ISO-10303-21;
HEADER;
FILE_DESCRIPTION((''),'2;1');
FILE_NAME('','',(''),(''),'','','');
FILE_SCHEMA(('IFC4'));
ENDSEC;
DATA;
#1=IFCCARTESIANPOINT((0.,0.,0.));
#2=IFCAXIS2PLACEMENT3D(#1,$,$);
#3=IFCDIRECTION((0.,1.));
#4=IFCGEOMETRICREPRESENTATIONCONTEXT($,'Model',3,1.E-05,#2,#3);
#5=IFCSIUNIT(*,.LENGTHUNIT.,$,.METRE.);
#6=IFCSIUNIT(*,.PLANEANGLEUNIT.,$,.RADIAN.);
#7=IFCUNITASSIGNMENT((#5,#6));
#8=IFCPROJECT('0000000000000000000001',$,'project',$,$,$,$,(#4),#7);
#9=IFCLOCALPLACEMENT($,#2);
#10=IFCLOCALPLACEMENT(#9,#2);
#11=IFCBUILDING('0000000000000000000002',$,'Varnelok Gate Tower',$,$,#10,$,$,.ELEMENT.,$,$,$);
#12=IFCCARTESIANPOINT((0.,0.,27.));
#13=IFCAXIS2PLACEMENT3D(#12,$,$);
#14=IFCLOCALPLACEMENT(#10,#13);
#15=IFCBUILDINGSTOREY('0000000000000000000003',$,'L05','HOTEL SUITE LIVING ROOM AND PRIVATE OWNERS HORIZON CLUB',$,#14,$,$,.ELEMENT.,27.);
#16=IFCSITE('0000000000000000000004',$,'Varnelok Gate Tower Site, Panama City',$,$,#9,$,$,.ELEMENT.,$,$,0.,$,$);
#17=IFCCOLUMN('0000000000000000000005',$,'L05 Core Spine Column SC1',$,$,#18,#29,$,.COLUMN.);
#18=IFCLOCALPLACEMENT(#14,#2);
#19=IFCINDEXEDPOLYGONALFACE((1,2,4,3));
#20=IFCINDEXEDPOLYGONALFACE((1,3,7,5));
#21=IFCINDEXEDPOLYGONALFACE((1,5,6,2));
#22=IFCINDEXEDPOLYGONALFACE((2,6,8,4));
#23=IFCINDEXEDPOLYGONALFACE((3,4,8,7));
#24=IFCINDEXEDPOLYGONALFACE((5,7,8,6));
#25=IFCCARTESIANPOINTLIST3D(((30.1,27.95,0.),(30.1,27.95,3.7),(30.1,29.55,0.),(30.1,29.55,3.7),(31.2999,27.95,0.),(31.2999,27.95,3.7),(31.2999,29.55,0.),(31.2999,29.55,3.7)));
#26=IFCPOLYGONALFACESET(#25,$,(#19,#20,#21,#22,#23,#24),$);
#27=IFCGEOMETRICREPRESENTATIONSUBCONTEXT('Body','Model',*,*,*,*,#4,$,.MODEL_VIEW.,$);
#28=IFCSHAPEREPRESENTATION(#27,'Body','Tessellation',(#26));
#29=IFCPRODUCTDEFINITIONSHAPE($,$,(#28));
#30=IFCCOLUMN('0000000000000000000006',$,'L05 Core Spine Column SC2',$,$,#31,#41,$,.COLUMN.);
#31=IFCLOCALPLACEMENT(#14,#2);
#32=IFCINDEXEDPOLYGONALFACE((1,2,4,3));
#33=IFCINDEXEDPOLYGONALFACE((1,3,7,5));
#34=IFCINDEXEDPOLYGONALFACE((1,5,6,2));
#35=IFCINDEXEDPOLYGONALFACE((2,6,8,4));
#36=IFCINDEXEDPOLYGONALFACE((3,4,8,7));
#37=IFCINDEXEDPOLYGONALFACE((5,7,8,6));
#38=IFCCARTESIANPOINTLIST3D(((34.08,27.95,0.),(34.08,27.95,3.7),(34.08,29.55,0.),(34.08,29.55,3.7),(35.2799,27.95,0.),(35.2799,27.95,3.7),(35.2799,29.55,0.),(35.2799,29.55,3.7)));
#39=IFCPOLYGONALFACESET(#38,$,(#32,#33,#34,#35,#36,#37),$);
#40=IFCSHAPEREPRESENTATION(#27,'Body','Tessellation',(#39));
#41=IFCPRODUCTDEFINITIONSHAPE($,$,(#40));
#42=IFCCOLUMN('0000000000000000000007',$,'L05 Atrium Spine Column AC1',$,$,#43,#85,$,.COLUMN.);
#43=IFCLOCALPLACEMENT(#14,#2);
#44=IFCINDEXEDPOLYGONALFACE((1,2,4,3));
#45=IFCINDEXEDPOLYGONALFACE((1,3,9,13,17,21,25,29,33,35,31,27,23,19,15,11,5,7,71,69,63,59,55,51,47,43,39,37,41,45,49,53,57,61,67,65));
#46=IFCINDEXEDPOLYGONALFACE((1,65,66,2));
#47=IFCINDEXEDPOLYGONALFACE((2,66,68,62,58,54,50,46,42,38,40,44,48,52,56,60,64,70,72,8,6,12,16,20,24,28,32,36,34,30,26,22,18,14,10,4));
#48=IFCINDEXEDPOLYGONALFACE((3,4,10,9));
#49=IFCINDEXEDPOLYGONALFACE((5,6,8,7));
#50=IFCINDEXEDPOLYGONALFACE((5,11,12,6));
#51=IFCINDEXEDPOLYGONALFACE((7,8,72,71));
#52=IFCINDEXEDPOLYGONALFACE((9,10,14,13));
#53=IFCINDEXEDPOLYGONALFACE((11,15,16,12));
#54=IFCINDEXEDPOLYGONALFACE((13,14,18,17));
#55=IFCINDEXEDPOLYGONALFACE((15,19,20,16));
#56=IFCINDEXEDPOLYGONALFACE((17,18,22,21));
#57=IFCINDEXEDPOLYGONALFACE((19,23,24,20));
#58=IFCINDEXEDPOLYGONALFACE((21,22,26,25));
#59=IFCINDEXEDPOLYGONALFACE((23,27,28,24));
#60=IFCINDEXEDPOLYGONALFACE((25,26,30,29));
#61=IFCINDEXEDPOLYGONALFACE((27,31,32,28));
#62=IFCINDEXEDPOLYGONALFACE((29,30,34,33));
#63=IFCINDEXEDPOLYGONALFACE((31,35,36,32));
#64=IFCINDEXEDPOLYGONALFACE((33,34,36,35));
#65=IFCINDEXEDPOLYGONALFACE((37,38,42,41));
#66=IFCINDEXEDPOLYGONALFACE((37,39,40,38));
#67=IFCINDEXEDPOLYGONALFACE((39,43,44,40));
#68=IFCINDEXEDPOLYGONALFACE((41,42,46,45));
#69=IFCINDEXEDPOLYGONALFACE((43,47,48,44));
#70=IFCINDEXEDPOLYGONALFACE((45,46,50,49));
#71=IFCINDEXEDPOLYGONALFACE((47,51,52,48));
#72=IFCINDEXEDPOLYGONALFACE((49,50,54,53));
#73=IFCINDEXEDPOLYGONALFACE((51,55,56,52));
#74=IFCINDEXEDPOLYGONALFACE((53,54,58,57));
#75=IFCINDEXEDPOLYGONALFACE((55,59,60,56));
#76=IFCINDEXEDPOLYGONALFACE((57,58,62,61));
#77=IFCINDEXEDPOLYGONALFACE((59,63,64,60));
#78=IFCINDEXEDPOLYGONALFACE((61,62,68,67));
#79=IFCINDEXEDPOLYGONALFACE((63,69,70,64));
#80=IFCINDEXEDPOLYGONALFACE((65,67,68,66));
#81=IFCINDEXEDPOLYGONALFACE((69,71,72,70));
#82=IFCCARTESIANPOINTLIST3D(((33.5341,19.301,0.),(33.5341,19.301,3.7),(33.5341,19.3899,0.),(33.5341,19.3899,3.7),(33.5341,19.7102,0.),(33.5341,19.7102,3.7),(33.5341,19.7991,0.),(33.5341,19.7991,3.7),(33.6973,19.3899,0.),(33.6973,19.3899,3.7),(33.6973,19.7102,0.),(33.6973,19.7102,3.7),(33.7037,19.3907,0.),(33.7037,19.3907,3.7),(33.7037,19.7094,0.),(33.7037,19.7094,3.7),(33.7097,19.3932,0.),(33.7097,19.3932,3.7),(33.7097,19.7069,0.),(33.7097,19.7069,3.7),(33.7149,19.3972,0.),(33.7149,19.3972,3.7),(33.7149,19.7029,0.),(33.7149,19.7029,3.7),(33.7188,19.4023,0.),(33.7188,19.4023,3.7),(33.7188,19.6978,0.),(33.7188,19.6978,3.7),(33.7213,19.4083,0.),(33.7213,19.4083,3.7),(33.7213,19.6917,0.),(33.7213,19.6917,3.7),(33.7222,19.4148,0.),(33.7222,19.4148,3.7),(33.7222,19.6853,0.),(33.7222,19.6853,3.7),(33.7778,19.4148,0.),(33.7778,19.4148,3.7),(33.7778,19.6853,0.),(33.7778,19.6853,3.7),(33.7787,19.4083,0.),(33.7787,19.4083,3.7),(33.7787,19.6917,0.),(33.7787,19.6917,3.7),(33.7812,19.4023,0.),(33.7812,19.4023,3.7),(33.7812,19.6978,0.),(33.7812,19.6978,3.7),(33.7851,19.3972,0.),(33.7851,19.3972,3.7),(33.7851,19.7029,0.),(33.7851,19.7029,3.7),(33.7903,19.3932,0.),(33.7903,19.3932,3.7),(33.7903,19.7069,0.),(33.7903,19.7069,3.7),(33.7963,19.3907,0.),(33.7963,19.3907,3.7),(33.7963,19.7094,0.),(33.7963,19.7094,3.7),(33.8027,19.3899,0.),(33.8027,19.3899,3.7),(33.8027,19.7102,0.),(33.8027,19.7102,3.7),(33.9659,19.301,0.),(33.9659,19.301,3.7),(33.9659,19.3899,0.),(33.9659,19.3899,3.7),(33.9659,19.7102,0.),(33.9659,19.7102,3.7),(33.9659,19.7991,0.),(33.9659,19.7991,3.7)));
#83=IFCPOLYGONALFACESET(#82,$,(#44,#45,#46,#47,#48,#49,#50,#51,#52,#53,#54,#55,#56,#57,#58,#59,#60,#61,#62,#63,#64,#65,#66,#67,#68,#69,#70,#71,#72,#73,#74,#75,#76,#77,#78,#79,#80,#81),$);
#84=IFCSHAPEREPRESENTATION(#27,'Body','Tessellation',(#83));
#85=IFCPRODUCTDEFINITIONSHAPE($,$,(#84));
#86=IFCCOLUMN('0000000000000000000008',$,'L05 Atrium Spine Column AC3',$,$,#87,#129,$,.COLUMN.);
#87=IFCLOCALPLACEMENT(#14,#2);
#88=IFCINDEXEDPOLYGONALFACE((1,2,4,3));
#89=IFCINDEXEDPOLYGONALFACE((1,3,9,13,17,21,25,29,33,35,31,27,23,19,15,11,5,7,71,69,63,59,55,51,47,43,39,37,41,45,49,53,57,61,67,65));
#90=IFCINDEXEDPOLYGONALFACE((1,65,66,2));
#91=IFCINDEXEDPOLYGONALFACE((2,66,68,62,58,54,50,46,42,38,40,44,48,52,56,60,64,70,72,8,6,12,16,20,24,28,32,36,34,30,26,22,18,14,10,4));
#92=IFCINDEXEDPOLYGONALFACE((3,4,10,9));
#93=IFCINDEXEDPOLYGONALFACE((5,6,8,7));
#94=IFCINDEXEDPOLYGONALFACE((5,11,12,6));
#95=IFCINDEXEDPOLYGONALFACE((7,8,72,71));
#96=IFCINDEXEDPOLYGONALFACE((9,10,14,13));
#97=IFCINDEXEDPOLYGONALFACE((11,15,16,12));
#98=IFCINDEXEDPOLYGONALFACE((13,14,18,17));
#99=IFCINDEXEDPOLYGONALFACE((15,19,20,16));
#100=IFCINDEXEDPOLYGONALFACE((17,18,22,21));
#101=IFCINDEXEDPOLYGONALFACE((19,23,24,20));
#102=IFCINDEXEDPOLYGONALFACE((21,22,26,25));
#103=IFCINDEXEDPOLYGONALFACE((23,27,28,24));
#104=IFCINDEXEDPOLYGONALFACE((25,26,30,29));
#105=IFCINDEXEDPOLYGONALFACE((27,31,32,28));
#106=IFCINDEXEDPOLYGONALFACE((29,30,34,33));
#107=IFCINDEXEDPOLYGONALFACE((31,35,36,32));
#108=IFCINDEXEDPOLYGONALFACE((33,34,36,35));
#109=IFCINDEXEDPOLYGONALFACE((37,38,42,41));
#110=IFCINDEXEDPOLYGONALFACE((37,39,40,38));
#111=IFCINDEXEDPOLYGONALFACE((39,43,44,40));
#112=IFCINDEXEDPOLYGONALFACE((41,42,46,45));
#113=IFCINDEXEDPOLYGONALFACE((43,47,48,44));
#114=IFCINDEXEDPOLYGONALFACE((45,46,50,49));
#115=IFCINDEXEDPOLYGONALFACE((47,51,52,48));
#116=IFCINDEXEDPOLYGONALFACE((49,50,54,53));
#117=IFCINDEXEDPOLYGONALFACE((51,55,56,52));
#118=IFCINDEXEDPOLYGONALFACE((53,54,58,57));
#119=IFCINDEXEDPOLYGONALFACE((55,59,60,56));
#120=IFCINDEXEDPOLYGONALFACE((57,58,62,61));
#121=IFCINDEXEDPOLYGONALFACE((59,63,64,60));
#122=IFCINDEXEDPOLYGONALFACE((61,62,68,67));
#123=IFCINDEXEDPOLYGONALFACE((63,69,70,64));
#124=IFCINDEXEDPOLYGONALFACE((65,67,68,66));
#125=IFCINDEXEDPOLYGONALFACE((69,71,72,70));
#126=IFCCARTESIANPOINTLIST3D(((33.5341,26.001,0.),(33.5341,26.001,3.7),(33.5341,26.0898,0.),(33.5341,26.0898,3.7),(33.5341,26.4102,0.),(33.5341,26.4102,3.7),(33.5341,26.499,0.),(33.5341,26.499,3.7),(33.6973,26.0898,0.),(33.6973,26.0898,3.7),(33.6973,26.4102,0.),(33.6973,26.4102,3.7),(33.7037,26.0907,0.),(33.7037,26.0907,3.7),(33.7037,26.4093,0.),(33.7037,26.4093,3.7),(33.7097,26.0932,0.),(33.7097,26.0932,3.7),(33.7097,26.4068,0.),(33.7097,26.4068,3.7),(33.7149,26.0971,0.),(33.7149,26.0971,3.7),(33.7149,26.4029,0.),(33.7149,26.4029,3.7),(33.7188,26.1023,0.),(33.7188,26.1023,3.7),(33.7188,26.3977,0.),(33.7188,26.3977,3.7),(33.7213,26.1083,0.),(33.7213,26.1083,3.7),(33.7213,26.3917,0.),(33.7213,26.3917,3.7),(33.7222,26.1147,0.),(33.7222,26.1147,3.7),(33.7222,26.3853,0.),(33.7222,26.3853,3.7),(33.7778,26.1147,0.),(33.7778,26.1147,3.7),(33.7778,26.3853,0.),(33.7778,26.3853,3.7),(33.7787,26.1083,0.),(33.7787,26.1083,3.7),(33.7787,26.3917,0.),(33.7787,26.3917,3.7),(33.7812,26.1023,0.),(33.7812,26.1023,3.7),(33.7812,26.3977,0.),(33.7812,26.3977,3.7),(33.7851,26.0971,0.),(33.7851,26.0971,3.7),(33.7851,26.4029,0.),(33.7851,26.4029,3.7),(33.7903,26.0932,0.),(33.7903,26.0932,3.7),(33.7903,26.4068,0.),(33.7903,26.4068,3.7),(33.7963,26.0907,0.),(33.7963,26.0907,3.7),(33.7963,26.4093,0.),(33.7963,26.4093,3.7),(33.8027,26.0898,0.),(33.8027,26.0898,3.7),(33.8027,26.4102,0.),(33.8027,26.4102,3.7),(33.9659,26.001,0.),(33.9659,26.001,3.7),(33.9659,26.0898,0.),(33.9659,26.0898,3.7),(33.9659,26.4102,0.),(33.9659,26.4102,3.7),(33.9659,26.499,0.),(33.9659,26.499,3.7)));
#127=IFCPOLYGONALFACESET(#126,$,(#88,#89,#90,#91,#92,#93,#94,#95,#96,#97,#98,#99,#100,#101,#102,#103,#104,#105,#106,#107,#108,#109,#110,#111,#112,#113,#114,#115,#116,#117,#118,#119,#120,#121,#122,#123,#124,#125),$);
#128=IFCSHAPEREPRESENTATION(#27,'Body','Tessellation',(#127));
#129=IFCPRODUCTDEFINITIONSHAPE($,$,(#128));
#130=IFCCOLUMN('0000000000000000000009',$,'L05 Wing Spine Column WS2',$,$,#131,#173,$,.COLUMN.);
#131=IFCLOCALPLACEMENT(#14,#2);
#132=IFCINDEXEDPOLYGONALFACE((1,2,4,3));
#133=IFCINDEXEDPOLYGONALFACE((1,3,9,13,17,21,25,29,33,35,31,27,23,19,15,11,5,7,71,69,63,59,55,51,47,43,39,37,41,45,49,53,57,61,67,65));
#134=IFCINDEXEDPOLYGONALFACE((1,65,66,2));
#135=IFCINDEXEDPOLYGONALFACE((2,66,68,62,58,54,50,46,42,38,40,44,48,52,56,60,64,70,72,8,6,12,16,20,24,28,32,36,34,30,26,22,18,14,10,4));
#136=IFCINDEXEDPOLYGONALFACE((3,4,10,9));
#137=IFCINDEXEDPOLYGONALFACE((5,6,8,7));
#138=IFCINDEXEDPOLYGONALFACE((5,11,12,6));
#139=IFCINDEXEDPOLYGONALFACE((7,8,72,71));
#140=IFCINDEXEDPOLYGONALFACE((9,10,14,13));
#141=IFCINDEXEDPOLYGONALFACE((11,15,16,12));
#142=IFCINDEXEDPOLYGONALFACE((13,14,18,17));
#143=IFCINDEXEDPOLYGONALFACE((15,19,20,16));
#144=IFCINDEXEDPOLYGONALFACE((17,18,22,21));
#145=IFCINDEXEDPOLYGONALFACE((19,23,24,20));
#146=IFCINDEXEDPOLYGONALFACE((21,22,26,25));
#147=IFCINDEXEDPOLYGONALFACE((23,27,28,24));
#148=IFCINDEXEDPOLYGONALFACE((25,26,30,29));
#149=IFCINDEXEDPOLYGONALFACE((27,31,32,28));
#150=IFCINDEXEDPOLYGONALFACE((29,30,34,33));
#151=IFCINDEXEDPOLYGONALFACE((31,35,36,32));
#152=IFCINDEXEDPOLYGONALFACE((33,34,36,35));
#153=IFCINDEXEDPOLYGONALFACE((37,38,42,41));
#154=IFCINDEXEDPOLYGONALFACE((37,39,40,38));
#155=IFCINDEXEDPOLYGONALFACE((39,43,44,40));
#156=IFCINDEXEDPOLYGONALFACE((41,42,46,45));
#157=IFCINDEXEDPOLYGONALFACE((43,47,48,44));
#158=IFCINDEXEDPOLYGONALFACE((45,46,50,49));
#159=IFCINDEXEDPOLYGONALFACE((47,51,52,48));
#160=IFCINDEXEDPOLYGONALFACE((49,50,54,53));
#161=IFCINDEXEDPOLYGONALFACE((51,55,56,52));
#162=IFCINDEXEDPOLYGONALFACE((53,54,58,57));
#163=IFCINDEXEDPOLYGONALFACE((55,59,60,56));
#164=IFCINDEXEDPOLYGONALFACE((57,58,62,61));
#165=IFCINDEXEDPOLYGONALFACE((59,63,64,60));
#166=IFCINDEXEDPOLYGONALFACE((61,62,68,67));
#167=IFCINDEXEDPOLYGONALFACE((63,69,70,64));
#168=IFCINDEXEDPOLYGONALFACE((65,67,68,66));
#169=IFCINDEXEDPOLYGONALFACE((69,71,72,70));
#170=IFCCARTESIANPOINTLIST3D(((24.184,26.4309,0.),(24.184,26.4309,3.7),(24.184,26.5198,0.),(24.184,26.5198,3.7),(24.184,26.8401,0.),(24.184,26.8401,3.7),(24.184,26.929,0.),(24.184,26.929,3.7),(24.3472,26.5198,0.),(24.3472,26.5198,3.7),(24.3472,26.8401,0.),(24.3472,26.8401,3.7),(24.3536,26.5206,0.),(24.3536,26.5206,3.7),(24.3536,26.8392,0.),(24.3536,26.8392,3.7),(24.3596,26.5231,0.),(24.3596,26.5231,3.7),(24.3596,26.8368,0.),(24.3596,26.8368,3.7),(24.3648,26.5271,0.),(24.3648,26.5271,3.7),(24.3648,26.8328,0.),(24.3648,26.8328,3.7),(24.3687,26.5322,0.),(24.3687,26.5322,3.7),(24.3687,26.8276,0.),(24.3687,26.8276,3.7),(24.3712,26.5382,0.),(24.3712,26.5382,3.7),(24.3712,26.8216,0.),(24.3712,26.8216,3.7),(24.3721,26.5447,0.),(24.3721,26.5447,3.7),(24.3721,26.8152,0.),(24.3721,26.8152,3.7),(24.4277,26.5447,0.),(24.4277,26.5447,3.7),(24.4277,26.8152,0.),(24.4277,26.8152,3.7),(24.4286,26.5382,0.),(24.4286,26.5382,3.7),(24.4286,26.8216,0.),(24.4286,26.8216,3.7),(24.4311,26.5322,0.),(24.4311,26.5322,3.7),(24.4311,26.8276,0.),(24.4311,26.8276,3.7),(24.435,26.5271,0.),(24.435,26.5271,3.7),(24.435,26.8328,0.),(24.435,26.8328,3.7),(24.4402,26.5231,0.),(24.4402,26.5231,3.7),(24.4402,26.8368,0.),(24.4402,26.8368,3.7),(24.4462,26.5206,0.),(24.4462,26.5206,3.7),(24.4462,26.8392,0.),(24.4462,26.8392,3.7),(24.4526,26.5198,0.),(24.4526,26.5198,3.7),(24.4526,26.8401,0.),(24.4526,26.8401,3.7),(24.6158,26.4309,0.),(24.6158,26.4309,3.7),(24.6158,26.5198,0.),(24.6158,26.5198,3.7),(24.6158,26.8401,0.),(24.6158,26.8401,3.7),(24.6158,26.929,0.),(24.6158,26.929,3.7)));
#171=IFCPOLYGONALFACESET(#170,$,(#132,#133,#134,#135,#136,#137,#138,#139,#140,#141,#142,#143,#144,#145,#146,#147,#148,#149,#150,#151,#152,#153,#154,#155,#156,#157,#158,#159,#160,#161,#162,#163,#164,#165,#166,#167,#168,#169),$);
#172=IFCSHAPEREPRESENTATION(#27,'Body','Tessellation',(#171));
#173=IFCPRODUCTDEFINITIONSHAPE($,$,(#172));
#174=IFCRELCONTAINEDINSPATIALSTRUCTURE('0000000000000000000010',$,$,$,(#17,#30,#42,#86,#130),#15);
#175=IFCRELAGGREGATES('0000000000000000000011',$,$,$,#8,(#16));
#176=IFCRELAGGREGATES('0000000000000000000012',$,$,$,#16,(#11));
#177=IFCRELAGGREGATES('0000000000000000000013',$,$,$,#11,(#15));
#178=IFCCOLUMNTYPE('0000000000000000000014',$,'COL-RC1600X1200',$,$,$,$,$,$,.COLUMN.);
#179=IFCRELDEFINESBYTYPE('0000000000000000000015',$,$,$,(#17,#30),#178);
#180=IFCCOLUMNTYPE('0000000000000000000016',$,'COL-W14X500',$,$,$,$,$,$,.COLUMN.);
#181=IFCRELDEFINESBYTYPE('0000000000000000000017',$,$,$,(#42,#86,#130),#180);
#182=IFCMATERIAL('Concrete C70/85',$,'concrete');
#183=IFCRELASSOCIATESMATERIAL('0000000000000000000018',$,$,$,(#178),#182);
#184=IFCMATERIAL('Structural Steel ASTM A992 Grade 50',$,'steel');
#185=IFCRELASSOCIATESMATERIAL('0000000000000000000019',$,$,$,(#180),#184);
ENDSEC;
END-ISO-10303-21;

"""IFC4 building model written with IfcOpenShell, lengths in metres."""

from ifc_helpers import new_model, si_unit, direction, frame, origin, origin_2d, place, context, subcontext, project, spatial, rectangle, i_section, extrude, material, material_profile, profile_set, type_object, element, save


model = new_model("IFC4")

# Units and contexts
model_context = context("Model", 3, precision=1e-05, world=origin(), true_north=direction((0.0, 1.0)))
body_context = subcontext(model_context, "Body", "Model", "MODEL_VIEW")
ifc_project = project(units=[si_unit("LENGTHUNIT", "METRE"), si_unit("PLANEANGLEUNIT", "RADIAN")], contexts=[model_context])

# Site, building, storey
site_placement = place(None, origin())
site = spatial("IfcSite", under=ifc_project, at=site_placement, Name="Varnelok Gate Tower Site, Panama City", CompositionType="ELEMENT", RefElevation=0.0)
building_placement = place(site_placement, origin())
building = spatial("IfcBuilding", under=site, at=building_placement, Name="Varnelok Gate Tower", CompositionType="ELEMENT")
storey_placement = place(building_placement, frame((0.0, 0.0, 27.0)))
storey = spatial("IfcBuildingStorey", under=building, at=storey_placement, Name="L05", Description="HOTEL SUITE LIVING ROOM AND PRIVATE OWNERS HORIZON CLUB", CompositionType="ELEMENT", Elevation=27.0)

# Columns
ifc_material_1 = material(Name="Concrete C70/85", Category="concrete")
ifc_material_profile_1 = material_profile(ifc_material_1, rectangle(XDim=1.2, YDim=1.6001, at=origin_2d()), Name="RC1600X1200")
ifc_profile_set_1 = profile_set([ifc_material_profile_1], Name="Concrete C70/85")
column_type_1 = type_object("IfcColumnType", Name="COL-RC1600X1200", PredefinedType="COLUMN", material=ifc_profile_set_1)
for number, where, z_axis, x_axis, name in (
    (1, (30.7, 28.75, 0.0), (0.0, 0.0, 1.0), (1.0, 0.0, 0.0), "L05 Core Spine Column SC1"),
    (2, (34.6799, 28.75, 0.0), (0.0, 0.0, 1.0), (1.0, 0.0, 0.0), "L05 Core Spine Column SC2"),
):
    element("IfcColumn", number, at=place(storey_placement, frame(where, z_axis=z_axis, x_axis=x_axis)), inside=storey, type_object=column_type_1, Name=name, PredefinedType="COLUMN", context=body_context, shape_type="SweptSolid", body=[
        extrude(rectangle(XDim=1.2, YDim=1.6001, at=origin_2d()), origin(), (0.0, 0.0, 1.0), 3.7),
    ])
ifc_material_2 = material(Name="Structural Steel ASTM A992 Grade 50", Category="steel")
ifc_material_profile_2 = material_profile(ifc_material_2, i_section(OverallWidth=0.4319, OverallDepth=0.498, WebThickness=0.0557, FlangeThickness=0.0889, FilletRadius=0.0249, at=origin_2d()), Name="W14X500")
ifc_profile_set_2 = profile_set([ifc_material_profile_2], Name="Structural Steel ASTM A992 Grade 50")
column_type_2 = type_object("IfcColumnType", Name="COL-W14X500", PredefinedType="COLUMN", material=ifc_profile_set_2)
for number, where, z_axis, x_axis, name in (
    (3, (33.75, 19.55, 0.0), (0.0, 0.0, 1.0), (1.0, 0.0, 0.0), "L05 Atrium Spine Column AC1"),
    (4, (33.75, 26.25, 0.0), (0.0, 0.0, 1.0), (1.0, 0.0, 0.0), "L05 Atrium Spine Column AC3"),
    (5, (24.3999, 26.6799, 0.0), (0.0, 0.0, 1.0), (1.0, 0.0, 0.0), "L05 Wing Spine Column WS2"),
):
    element("IfcColumn", number, at=place(storey_placement, frame(where, z_axis=z_axis, x_axis=x_axis)), inside=storey, type_object=column_type_2, Name=name, PredefinedType="COLUMN", context=body_context, shape_type="SweptSolid", body=[
        extrude(i_section(OverallWidth=0.4319, OverallDepth=0.498, WebThickness=0.0557, FlangeThickness=0.0889, FilletRadius=0.0249, at=origin_2d()), origin(), (0.0, 0.0, 1.0), 3.7),
    ])

save(model, "model.ifc")
